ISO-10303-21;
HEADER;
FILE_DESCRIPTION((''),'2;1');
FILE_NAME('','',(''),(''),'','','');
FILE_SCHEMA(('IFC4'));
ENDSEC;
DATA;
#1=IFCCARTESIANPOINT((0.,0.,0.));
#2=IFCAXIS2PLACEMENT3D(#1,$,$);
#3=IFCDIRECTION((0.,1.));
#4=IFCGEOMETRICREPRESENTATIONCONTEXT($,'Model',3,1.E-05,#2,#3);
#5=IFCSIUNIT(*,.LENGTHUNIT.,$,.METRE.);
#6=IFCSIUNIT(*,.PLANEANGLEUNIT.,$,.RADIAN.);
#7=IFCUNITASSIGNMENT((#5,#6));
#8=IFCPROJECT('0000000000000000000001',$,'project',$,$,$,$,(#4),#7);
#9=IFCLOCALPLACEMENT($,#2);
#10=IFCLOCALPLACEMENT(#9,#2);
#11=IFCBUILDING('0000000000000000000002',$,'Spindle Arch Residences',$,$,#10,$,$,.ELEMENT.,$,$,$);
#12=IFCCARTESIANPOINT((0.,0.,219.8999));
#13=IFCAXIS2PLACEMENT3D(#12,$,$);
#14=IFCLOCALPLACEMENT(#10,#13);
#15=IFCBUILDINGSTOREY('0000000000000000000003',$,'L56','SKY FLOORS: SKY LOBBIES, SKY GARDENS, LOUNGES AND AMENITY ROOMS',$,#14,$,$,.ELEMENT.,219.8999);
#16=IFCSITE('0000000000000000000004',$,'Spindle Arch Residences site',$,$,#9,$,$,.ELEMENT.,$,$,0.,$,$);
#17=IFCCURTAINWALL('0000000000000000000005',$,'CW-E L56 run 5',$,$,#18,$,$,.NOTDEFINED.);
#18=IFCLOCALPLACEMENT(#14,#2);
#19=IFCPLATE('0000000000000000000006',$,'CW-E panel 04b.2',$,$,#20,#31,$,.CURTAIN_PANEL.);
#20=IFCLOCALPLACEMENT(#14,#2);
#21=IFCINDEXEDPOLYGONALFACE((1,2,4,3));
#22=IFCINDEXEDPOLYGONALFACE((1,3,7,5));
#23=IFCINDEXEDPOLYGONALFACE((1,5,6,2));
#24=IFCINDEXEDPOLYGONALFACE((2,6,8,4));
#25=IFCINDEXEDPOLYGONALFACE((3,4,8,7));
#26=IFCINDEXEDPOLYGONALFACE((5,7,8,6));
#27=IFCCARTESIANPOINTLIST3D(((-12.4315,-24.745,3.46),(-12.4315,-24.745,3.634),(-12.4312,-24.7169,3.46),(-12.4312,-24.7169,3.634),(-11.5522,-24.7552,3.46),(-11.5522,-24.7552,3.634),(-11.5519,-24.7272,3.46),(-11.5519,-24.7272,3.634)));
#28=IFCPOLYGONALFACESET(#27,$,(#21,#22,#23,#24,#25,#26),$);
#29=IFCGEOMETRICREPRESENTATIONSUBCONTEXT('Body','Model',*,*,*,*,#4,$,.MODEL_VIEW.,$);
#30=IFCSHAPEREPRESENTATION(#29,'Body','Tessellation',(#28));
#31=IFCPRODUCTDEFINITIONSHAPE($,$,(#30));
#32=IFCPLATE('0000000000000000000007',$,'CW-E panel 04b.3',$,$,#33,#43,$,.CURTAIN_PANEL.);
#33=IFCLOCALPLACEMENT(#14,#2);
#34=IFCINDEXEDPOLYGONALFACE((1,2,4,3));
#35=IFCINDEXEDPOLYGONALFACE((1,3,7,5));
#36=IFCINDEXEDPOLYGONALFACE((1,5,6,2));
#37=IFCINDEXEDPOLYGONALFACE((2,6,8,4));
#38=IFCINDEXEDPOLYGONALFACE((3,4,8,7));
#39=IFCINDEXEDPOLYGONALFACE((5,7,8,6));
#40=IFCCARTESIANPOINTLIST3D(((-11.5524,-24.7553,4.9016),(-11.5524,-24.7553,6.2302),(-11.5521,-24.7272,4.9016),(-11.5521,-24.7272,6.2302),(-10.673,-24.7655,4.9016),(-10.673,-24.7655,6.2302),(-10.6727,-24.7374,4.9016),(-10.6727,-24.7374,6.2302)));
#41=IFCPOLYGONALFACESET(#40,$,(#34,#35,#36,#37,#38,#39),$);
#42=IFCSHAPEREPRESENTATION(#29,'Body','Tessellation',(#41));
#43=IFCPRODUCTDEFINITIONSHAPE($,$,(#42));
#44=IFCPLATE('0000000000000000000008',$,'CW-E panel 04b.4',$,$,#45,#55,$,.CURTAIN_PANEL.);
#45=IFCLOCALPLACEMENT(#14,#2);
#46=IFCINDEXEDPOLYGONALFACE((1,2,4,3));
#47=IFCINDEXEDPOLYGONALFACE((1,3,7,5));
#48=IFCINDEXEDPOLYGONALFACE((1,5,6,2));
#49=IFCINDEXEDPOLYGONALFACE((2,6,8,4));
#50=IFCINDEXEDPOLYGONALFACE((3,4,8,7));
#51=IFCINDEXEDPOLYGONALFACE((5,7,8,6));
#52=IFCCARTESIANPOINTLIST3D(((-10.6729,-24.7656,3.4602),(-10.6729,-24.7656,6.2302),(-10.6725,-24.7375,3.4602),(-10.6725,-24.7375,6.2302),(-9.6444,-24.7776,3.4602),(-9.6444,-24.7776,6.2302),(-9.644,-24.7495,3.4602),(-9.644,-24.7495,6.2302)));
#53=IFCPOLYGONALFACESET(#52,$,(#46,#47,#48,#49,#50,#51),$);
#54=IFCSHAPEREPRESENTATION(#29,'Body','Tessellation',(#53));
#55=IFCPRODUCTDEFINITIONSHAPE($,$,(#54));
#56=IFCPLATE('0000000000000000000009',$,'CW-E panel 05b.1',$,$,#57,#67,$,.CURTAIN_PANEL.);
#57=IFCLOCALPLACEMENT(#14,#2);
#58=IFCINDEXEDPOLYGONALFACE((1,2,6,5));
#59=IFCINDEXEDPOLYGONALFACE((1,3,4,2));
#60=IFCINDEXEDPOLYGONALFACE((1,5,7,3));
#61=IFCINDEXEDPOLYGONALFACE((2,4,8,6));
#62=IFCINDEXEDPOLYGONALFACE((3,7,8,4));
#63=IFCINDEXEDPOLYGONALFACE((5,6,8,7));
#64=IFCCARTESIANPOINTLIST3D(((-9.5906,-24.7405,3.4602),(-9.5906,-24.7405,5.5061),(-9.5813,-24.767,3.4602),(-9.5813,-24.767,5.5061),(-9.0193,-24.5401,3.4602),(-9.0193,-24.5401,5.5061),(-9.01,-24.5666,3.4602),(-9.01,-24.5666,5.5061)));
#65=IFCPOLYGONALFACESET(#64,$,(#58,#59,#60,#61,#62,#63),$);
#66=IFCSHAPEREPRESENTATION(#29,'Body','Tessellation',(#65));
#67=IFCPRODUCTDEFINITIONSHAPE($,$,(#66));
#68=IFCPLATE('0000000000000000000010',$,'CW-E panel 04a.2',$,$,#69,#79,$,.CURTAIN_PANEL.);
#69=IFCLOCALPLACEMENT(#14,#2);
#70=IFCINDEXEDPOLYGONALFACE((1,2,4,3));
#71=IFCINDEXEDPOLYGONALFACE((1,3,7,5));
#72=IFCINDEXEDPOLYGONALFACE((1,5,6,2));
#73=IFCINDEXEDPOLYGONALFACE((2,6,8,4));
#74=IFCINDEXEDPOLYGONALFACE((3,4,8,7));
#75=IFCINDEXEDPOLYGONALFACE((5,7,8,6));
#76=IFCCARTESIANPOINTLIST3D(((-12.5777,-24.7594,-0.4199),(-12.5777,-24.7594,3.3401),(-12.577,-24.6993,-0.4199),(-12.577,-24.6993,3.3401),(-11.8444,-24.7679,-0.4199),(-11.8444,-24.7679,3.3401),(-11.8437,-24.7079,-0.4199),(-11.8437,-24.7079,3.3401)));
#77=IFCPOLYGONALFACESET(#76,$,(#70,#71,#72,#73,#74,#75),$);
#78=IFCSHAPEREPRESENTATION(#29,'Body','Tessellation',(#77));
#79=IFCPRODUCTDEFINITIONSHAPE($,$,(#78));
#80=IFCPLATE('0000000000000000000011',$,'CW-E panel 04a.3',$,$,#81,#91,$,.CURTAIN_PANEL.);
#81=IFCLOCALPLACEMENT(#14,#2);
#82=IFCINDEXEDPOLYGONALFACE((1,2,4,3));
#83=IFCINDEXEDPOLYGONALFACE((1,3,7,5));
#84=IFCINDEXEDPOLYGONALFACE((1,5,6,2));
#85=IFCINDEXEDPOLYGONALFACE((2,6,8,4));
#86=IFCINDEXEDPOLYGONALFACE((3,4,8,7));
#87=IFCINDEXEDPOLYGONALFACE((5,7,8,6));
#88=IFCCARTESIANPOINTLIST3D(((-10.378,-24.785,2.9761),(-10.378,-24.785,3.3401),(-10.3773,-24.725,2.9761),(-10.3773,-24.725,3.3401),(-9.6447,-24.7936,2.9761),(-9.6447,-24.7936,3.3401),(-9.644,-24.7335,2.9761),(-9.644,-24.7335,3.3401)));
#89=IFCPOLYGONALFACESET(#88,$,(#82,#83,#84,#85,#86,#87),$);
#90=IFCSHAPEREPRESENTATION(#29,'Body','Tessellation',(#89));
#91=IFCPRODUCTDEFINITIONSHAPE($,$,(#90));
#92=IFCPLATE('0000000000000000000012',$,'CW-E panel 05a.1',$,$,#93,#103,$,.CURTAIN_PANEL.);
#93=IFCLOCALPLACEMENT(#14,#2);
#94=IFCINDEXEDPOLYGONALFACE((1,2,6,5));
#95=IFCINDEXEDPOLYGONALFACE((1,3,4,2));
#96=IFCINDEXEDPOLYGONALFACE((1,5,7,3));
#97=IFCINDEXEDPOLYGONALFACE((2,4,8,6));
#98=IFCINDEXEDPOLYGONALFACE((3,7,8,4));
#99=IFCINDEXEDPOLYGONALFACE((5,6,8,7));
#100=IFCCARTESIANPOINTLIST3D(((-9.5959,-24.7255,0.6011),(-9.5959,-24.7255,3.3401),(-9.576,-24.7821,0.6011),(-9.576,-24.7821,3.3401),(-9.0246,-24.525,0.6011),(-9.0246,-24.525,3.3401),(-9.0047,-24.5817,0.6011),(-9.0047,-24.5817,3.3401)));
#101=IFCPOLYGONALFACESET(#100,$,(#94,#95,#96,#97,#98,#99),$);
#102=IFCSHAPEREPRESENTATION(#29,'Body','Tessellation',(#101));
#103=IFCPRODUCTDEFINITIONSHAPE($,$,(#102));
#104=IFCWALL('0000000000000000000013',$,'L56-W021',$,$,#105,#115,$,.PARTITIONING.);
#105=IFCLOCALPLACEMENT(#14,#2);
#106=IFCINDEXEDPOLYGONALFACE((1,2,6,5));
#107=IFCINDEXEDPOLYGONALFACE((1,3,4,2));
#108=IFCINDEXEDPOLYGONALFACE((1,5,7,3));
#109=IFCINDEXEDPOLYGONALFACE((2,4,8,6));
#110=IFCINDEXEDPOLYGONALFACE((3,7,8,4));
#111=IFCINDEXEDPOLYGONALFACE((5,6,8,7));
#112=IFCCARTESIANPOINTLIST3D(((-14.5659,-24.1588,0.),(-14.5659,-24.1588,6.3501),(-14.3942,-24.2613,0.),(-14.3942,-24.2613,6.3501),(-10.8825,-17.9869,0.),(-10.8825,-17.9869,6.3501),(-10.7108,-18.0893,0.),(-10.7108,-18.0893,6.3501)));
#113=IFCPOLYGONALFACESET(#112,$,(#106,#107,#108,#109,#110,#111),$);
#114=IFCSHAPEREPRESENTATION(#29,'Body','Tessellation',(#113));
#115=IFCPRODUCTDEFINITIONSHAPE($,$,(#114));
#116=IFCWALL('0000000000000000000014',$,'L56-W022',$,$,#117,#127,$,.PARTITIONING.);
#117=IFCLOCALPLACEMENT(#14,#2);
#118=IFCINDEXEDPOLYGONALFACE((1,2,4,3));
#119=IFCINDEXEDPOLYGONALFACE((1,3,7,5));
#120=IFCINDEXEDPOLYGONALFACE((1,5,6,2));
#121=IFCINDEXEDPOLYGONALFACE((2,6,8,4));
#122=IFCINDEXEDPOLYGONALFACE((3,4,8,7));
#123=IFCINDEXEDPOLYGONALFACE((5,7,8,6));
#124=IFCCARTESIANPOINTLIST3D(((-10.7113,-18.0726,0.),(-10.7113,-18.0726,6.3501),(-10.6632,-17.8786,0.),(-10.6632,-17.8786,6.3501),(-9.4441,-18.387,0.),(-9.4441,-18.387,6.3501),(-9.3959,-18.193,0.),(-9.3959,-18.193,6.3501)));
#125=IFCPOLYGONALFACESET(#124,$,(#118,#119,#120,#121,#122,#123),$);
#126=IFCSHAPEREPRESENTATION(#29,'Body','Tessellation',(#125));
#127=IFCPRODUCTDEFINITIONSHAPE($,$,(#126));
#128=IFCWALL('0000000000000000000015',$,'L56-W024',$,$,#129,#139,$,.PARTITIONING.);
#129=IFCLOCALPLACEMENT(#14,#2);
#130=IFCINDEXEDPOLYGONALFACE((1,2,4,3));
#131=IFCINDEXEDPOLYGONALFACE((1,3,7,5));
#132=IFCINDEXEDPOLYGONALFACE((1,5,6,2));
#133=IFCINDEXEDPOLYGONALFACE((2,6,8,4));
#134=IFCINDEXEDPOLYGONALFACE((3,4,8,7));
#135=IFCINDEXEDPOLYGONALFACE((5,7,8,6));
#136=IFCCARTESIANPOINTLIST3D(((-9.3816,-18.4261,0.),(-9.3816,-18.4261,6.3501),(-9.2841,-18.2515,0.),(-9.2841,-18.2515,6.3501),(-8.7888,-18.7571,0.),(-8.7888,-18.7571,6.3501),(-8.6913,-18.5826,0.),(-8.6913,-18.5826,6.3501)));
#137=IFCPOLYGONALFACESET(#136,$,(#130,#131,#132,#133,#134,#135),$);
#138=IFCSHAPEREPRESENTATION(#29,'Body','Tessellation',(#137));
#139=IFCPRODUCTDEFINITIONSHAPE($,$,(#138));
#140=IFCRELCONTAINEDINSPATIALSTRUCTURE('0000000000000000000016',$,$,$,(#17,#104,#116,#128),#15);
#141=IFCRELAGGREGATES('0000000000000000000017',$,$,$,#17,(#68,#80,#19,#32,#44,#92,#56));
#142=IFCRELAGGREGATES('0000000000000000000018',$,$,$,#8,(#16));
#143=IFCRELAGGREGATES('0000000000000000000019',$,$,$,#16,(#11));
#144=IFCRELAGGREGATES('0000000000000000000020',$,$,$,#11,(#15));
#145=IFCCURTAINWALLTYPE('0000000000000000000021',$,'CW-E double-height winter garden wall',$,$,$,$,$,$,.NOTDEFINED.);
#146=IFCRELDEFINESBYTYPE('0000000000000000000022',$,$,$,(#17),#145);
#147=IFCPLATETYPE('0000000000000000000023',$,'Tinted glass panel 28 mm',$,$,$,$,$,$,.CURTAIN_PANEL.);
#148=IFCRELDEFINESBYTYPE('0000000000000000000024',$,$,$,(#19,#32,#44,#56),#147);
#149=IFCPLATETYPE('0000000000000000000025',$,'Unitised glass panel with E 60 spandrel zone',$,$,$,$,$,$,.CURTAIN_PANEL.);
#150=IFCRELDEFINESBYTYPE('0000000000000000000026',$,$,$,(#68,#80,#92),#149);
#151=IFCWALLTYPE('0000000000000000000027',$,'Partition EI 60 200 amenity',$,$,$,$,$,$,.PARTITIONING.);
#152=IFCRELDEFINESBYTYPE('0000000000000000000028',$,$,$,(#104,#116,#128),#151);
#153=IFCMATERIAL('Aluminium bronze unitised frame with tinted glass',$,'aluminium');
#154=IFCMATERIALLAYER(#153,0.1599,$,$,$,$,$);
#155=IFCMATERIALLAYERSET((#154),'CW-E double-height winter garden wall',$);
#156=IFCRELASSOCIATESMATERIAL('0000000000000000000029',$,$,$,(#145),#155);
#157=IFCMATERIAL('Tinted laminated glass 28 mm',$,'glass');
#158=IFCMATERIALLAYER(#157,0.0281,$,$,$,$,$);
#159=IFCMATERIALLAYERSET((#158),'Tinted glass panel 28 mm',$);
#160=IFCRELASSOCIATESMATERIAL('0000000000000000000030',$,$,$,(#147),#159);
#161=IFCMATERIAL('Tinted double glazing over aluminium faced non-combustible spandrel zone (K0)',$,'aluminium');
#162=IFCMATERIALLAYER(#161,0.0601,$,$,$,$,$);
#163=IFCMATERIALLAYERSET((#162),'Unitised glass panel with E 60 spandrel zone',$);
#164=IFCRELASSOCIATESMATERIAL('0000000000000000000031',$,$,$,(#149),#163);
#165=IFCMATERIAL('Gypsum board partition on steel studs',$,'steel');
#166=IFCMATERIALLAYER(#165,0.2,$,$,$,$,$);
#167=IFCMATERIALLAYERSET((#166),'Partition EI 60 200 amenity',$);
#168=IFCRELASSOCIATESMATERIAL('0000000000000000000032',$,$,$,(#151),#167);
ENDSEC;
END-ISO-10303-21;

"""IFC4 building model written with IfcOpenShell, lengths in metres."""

from ifc_helpers import new_model, si_unit, direction, frame, frame_2d, origin, origin_2d, place, context, subcontext, project, spatial, rectangle, extrude, material, layer, layer_set, type_object, element, aggregate, save


model = new_model("IFC4")

# Units and contexts
model_context = context("Model", 3, precision=1e-05, world=origin(), true_north=direction((0.0, 1.0)))
body_context = subcontext(model_context, "Body", "Model", "MODEL_VIEW")
ifc_project = project(units=[si_unit("LENGTHUNIT", "METRE"), si_unit("PLANEANGLEUNIT", "RADIAN")], contexts=[model_context])

# Site, building, storey
site_placement = place(None, origin())
site = spatial("IfcSite", under=ifc_project, at=site_placement, Name="Spindle Arch Residences site", CompositionType="ELEMENT", RefElevation=0.0)
building_placement = place(site_placement, origin())
building = spatial("IfcBuilding", under=site, at=building_placement, Name="Spindle Arch Residences", CompositionType="ELEMENT")
storey_placement = place(building_placement, frame((0.0, 0.0, 219.8999)))
storey = spatial("IfcBuildingStorey", under=building, at=storey_placement, Name="L56", Description="SKY FLOORS: SKY LOBBIES, SKY GARDENS, LOUNGES AND AMENITY ROOMS", CompositionType="ELEMENT", Elevation=219.8999)

# Curtain wall
ifc_material_1 = material(Name="Aluminium bronze unitised frame with tinted glass", Category="aluminium")
ifc_layer_1 = layer(ifc_material_1, 0.1599)
ifc_layer_set_1 = layer_set([ifc_layer_1], Name="CW-E double-height winter garden wall")
curtain_wall_type = type_object("IfcCurtainWallType", Name="CW-E double-height winter garden wall", PredefinedType="NOTDEFINED", material=ifc_layer_set_1)
curtain_wall_placement = place(storey_placement, origin())
curtain_wall = element("IfcCurtainWall", 1, at=curtain_wall_placement, inside=storey, type_object=curtain_wall_type, Name="CW-E L56 run 5", PredefinedType="NOTDEFINED")

# Plates
ifc_material_2 = material(Name="Tinted laminated glass 28 mm", Category="glass")
ifc_layer_2 = layer(ifc_material_2, 0.0281)
ifc_layer_set_2 = layer_set([ifc_layer_2], Name="Tinted glass panel 28 mm")
plate_type_1 = type_object("IfcPlateType", Name="Tinted glass panel 28 mm", PredefinedType="CURTAIN_PANEL", material=ifc_layer_set_2)
plate_1_placement = place(storey_placement, frame((-11.9917, -24.7361, 3.46), z_axis=(0.0, 0.0, 1.0), x_axis=(0.999932, -0.011635, 0.0)))
plate_1 = element("IfcPlate", 2, at=plate_1_placement, type_object=plate_type_1, Name="CW-E panel 04b.2", PredefinedType="CURTAIN_PANEL", context=body_context, shape_type="SweptSolid", body=[
    extrude(rectangle(XDim=0.8794, YDim=0.0281, at=origin_2d()), origin(), (0.0, 0.0, 1.0), 0.1741),
])
plate_2_placement = place(storey_placement, frame((-11.1125, -24.7463, 4.9016), z_axis=(0.0, 0.0, 1.0), x_axis=(0.999932, -0.011635, 0.0)))
plate_2 = element("IfcPlate", 3, at=plate_2_placement, type_object=plate_type_1, Name="CW-E panel 04b.3", PredefinedType="CURTAIN_PANEL", context=body_context, shape_type="SweptSolid", body=[
    extrude(rectangle(XDim=0.8794, YDim=0.0281, at=origin_2d()), origin(), (0.0, 0.0, 1.0), 1.3286),
])
plate_3_placement = place(storey_placement, frame((-10.1584, -24.7576, 3.4602), z_axis=(0.0, 0.0, 1.0), x_axis=(0.999932, -0.011635, 0.0)))
plate_3 = element("IfcPlate", 4, at=plate_3_placement, type_object=plate_type_1, Name="CW-E panel 04b.4", PredefinedType="CURTAIN_PANEL", context=body_context, shape_type="SweptSolid", body=[
    extrude(rectangle(XDim=1.0286, YDim=0.0281, at=origin_2d()), origin(), (0.0, 0.0, 1.0), 2.77),
])
plate_4_placement = place(storey_placement, frame((-9.3003, -24.6536, 3.4602), z_axis=(0.0, 0.0, 1.0), x_axis=(0.943609, 0.331063, 0.0)))
plate_4 = element("IfcPlate", 5, at=plate_4_placement, type_object=plate_type_1, Name="CW-E panel 05b.1", PredefinedType="CURTAIN_PANEL", context=body_context, shape_type="SweptSolid", body=[
    extrude(rectangle(XDim=0.6055, YDim=0.0281, at=origin_2d()), origin(), (0.0, 0.0, 1.0), 2.0459),
])
ifc_material_3 = material(Name="Tinted double glazing over aluminium faced non-combustible spandrel zone (K0)", Category="aluminium")
ifc_layer_3 = layer(ifc_material_3, 0.0601)
ifc_layer_set_3 = layer_set([ifc_layer_3], Name="Unitised glass panel with E 60 spandrel zone")
plate_type_2 = type_object("IfcPlateType", Name="Unitised glass panel with E 60 spandrel zone", PredefinedType="CURTAIN_PANEL", material=ifc_layer_set_3)
plate_5_placement = place(storey_placement, frame((-12.2107, -24.7336, -0.4199), z_axis=(0.0, 0.0, 1.0), x_axis=(0.999932, -0.011635, 0.0)))
plate_5 = element("IfcPlate", 6, at=plate_5_placement, type_object=plate_type_2, Name="CW-E panel 04a.2", PredefinedType="CURTAIN_PANEL", context=body_context, shape_type="SweptSolid", body=[
    extrude(rectangle(XDim=0.7334, YDim=0.0601, at=origin_2d()), origin(), (0.0, 0.0, 1.0), 3.76),
])
plate_6_placement = place(storey_placement, frame((-10.011, -24.7593, 2.9761), z_axis=(0.0, 0.0, 1.0), x_axis=(0.999932, -0.011635, 0.0)))
plate_6 = element("IfcPlate", 7, at=plate_6_placement, type_object=plate_type_2, Name="CW-E panel 04a.3", PredefinedType="CURTAIN_PANEL", context=body_context, shape_type="SweptSolid", body=[
    extrude(rectangle(XDim=0.7334, YDim=0.0601, at=origin_2d()), origin(), (0.0, 0.0, 1.0), 0.364),
])
plate_7_placement = place(storey_placement, frame((-9.3003, -24.6536, 0.6011), z_axis=(0.0, 0.0, 1.0), x_axis=(0.943609, 0.331063, 0.0)))
plate_7 = element("IfcPlate", 8, at=plate_7_placement, type_object=plate_type_2, Name="CW-E panel 05a.1", PredefinedType="CURTAIN_PANEL", context=body_context, shape_type="SweptSolid", body=[
    extrude(rectangle(XDim=0.6055, YDim=0.0601, at=origin_2d()), origin(), (0.0, 0.0, 1.0), 2.739),
])
aggregate(curtain_wall, [plate_5, plate_6, plate_1, plate_2, plate_3, plate_7, plate_4])

# Walls
ifc_material_4 = material(Name="Gypsum board partition on steel studs", Category="steel")
ifc_layer_4 = layer(ifc_material_4, 0.2)
ifc_layer_set_4 = layer_set([ifc_layer_4], Name="Partition EI 60 200 amenity")
wall_type = type_object("IfcWallType", Name="Partition EI 60 200 amenity", PredefinedType="PARTITIONING", material=ifc_layer_set_4)
wall_1_placement = place(storey_placement, frame((-10.7966, -18.0381, 0.0), z_axis=(0.0, 0.0, 1.0), x_axis=(-0.512471, -0.858704, 0.0)))
element("IfcWall", 9, at=wall_1_placement, inside=storey, type_object=wall_type, Name="L56-W021", PredefinedType="PARTITIONING", context=body_context, shape_type="SweptSolid", body=[
    extrude(rectangle(XDim=7.1875, YDim=0.2, at=frame_2d((3.5938, 0.0))), origin(), (0.0, 0.0, 1.0), 6.3501),
])
wall_2_placement = place(storey_placement, frame((-10.6873, -17.9756, 0.0), z_axis=(0.0, 0.0, 1.0), x_axis=(0.97057, -0.24082, 0.0)))
element("IfcWall", 10, at=wall_2_placement, inside=storey, type_object=wall_type, Name="L56-W022", PredefinedType="PARTITIONING", context=body_context, shape_type="SweptSolid", body=[
    extrude(rectangle(XDim=1.3057, YDim=0.2, at=frame_2d((0.6528, 0.0))), origin(), (0.0, 0.0, 1.0), 6.3501),
])
wall_3_placement = place(storey_placement, frame((-9.3328, -18.3389, 0.0), z_axis=(0.0, 0.0, 1.0), x_axis=(0.87307, -0.487596, 0.0)))
element("IfcWall", 11, at=wall_3_placement, inside=storey, type_object=wall_type, Name="L56-W024", PredefinedType="PARTITIONING", context=body_context, shape_type="SweptSolid", body=[
    extrude(rectangle(XDim=0.679, YDim=0.2, at=frame_2d((0.3394, 0.0))), origin(), (0.0, 0.0, 1.0), 6.3501),
])

save(model, "model.ifc")
